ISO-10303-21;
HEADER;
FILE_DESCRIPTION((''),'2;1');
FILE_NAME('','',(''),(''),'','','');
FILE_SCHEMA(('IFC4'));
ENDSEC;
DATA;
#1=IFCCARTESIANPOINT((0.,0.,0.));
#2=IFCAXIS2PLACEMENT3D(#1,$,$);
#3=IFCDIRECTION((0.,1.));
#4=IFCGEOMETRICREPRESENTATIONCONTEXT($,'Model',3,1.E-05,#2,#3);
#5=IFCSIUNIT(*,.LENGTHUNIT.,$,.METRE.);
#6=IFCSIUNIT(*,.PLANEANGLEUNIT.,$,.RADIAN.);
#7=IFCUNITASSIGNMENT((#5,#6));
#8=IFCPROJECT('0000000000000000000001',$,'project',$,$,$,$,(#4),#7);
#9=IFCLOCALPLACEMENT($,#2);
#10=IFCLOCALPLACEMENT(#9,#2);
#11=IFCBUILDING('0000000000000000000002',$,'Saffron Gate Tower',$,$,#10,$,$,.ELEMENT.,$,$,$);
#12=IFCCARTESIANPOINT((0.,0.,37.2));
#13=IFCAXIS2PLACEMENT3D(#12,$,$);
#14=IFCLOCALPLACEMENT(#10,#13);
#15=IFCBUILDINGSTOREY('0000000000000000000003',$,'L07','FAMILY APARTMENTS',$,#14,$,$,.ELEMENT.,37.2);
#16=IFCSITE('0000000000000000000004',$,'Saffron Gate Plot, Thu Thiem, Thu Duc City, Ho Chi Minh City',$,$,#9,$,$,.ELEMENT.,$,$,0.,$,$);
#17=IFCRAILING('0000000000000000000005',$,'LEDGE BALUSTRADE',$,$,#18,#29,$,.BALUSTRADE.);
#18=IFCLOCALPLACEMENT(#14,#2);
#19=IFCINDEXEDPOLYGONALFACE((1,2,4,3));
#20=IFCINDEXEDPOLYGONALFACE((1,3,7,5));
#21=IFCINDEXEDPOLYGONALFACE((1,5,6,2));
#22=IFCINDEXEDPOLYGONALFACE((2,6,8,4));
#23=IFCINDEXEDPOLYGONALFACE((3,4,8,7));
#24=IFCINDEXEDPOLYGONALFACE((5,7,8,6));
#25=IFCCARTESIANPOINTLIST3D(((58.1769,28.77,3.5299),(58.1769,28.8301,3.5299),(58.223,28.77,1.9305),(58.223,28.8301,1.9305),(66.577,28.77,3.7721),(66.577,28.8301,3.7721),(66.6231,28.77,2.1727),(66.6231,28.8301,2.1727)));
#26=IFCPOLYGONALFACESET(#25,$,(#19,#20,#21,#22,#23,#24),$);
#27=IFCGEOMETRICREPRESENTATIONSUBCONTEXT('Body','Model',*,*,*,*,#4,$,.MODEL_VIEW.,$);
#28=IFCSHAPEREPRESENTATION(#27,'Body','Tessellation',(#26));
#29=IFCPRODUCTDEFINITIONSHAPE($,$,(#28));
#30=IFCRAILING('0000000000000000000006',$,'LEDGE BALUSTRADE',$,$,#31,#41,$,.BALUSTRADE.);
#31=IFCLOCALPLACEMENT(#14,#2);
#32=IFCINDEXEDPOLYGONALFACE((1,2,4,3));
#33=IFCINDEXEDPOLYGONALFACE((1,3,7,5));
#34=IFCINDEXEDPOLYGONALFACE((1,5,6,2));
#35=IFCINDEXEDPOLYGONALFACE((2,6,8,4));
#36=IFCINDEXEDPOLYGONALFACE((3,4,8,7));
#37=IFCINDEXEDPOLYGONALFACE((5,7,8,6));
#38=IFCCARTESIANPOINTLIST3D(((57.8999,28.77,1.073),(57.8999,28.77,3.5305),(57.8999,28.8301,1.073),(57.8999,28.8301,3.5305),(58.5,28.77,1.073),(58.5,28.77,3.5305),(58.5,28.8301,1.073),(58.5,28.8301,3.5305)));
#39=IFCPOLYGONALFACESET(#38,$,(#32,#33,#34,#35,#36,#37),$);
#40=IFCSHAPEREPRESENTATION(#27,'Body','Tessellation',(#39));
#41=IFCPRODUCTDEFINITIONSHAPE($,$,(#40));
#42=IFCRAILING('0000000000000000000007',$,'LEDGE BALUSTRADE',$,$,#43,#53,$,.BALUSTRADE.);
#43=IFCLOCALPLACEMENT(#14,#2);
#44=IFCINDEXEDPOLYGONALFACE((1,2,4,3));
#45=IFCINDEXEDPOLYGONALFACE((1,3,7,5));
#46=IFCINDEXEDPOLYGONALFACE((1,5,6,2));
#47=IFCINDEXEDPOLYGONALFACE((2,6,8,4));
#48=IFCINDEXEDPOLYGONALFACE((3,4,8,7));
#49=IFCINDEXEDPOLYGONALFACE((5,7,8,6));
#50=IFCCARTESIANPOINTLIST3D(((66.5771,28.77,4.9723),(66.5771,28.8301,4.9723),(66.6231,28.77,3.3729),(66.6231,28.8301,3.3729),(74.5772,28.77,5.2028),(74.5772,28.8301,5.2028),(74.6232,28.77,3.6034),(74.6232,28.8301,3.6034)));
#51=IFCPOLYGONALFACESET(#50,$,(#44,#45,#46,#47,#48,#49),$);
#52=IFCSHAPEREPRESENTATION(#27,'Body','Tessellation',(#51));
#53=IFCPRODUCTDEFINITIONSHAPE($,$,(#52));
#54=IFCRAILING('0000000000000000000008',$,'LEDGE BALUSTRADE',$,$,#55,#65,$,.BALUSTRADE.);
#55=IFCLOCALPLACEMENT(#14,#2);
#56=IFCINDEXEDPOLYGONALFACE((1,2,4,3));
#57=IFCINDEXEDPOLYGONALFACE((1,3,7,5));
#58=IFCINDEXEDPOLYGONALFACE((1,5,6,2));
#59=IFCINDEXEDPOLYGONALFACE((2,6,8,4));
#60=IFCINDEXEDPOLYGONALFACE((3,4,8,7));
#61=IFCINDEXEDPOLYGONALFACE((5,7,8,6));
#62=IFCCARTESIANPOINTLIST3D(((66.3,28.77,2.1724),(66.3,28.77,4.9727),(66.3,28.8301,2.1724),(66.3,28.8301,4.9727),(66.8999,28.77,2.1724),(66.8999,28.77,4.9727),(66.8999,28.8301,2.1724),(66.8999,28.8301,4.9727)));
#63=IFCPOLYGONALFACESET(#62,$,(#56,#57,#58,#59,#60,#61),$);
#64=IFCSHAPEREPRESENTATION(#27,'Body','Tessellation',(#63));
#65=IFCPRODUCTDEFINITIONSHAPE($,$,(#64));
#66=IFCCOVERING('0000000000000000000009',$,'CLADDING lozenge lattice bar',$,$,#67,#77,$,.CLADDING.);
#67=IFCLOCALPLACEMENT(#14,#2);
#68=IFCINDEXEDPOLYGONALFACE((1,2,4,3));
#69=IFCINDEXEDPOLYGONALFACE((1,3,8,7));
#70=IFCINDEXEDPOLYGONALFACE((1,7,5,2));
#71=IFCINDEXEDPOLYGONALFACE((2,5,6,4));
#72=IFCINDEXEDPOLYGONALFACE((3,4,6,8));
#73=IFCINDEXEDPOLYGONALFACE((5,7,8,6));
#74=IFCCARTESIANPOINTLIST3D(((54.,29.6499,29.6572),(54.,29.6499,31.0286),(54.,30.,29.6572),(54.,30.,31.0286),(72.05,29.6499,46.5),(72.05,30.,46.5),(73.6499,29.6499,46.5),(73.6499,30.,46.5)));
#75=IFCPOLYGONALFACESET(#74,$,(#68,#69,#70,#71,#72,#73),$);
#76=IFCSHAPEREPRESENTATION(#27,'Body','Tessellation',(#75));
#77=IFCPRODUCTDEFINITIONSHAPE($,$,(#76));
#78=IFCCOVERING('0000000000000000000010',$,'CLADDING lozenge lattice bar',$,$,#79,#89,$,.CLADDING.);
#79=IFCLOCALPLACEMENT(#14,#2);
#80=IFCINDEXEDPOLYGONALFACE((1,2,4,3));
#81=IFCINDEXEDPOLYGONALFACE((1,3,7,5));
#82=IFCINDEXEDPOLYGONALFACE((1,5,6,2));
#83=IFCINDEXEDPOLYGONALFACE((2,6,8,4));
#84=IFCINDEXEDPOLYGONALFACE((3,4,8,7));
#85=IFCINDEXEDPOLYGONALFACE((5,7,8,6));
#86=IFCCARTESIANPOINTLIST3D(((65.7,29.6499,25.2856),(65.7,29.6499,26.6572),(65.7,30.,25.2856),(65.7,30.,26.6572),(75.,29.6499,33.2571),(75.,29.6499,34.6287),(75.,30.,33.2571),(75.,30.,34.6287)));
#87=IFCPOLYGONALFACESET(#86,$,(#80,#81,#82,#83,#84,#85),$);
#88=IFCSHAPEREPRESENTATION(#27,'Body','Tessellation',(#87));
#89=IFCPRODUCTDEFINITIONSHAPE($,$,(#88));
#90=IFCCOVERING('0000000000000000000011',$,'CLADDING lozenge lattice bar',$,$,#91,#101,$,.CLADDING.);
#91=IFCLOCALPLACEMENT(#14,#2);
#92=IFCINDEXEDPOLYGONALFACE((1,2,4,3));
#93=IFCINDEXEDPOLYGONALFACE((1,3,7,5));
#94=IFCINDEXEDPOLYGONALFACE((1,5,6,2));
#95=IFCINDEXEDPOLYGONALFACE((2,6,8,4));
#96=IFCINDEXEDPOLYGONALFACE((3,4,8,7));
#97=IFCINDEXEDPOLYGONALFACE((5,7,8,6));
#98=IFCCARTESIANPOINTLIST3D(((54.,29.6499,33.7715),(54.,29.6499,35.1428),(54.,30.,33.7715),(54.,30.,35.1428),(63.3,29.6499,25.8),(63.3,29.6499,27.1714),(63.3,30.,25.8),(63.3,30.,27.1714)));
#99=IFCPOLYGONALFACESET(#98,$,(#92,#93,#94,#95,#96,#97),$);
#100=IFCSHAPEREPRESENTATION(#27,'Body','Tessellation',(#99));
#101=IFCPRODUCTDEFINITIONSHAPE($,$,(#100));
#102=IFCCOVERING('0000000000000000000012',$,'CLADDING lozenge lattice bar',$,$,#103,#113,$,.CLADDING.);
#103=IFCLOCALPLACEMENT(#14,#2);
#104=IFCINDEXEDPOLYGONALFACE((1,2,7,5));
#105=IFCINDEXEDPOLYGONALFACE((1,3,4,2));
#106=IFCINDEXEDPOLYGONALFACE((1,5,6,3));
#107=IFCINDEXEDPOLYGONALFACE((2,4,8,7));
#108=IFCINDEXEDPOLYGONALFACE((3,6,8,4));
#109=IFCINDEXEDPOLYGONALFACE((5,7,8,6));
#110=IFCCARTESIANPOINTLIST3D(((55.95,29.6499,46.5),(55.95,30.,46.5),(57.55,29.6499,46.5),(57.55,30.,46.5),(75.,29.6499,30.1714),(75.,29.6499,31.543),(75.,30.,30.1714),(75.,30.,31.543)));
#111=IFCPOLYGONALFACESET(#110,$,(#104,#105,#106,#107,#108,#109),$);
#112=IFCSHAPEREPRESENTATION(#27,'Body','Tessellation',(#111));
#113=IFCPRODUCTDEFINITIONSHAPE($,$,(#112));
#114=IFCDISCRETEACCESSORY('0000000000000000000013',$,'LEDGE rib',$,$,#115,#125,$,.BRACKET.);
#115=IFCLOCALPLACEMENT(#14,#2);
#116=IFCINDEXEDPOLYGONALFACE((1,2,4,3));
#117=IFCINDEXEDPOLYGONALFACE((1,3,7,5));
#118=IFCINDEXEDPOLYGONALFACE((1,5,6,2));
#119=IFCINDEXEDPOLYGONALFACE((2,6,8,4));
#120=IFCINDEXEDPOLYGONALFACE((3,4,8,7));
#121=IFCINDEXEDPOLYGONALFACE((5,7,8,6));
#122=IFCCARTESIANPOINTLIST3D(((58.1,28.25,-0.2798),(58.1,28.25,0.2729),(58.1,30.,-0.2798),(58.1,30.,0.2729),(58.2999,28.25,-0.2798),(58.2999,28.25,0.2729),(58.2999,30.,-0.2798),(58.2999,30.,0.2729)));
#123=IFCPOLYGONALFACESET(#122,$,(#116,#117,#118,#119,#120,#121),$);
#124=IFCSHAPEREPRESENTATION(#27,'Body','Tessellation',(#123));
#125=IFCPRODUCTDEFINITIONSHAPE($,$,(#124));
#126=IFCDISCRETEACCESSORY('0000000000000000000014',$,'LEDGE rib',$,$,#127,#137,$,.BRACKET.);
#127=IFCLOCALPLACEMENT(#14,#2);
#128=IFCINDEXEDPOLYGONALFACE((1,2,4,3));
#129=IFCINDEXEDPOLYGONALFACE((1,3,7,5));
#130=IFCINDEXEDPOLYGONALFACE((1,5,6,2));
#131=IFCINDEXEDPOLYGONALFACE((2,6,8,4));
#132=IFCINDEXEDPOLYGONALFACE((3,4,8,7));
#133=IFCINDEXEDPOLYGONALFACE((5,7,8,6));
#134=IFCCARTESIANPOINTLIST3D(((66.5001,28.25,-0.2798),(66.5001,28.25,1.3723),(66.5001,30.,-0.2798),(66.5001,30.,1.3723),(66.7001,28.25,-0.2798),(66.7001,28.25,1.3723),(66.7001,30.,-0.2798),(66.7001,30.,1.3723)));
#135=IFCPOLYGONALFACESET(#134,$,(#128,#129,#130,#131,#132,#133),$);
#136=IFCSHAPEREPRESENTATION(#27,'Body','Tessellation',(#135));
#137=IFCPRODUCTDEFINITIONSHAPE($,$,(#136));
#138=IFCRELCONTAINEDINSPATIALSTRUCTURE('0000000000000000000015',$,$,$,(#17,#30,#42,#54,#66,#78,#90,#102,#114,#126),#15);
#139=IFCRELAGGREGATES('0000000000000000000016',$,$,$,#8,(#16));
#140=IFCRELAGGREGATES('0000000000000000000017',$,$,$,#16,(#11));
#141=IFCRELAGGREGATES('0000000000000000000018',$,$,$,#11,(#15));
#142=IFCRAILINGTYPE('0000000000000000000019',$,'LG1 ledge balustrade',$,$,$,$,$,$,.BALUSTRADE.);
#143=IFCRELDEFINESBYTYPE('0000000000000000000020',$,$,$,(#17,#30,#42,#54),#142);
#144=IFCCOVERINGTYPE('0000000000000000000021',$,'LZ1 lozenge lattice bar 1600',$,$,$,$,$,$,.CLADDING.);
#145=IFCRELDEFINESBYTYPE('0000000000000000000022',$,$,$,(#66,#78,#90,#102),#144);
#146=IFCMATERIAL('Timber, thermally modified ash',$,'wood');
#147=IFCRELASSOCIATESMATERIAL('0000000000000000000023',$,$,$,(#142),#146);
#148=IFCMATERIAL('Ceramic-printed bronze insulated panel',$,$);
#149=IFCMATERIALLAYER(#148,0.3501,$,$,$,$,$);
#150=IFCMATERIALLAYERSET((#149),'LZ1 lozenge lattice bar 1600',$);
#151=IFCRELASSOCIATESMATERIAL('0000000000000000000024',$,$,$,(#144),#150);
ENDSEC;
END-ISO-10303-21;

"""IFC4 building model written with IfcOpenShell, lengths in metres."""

from ifc_helpers import new_model, si_unit, direction, frame, origin, origin_2d, place, context, subcontext, project, spatial, polyline, rectangle, outline, extrude, material, layer, layer_set, type_object, element, save


model = new_model("IFC4")

# Units and contexts
model_context = context("Model", 3, precision=1e-05, world=origin(), true_north=direction((0.0, 1.0)))
body_context = subcontext(model_context, "Body", "Model", "MODEL_VIEW")
ifc_project = project(units=[si_unit("LENGTHUNIT", "METRE"), si_unit("PLANEANGLEUNIT", "RADIAN")], contexts=[model_context])

# Site, building, storey
site_placement = place(None, origin())
site = spatial("IfcSite", under=ifc_project, at=site_placement, Name="Saffron Gate Plot, Thu Thiem, Thu Duc City, Ho Chi Minh City", CompositionType="ELEMENT", RefElevation=0.0)
building_placement = place(site_placement, origin())
building = spatial("IfcBuilding", under=site, at=building_placement, Name="Saffron Gate Tower", CompositionType="ELEMENT")
storey_placement = place(building_placement, frame((0.0, 0.0, 37.2)))
storey = spatial("IfcBuildingStorey", under=building, at=storey_placement, Name="L07", Description="FAMILY APARTMENTS", CompositionType="ELEMENT", Elevation=37.2)

# Shared definitions
ifc_material_1 = material(Name="Timber, thermally modified ash", Category="wood")

# Railings
railing_type = type_object("IfcRailingType", Name="LG1 ledge balustrade", PredefinedType="BALUSTRADE", material=ifc_material_1)
railing_1_placement = place(storey_placement, frame((58.2, 28.8, 1.9302)))
element("IfcRailing", 1, at=railing_1_placement, inside=storey, type_object=railing_type, Name="LEDGE BALUSTRADE", PredefinedType="BALUSTRADE", context=body_context, shape_type="SweptSolid", body=[
    extrude(rectangle(XDim=0.0601, YDim=1.6001, at=origin_2d()), frame((0.0, 0.0, 0.8), z_axis=(0.999585, 0.0, 0.028819), x_axis=(0.0, 1.0, 0.0)), (0.0, 0.0, 1.0), 8.4036),
])
railing_2_placement = place(storey_placement, frame((57.8999, 28.8, 1.073)))
element("IfcRailing", 2, at=railing_2_placement, inside=storey, type_object=railing_type, Name="LEDGE BALUSTRADE", PredefinedType="BALUSTRADE", context=body_context, shape_type="SweptSolid", body=[
    extrude(rectangle(XDim=0.0601, YDim=2.4575, at=origin_2d()), frame((0.0, 0.0, 1.2288), z_axis=(1.0, 0.0, 0.0), x_axis=(0.0, 1.0, 0.0)), (0.0, 0.0, 1.0), 0.6001),
])
railing_3_placement = place(storey_placement, frame((66.6001, 28.8, 3.3726)))
element("IfcRailing", 3, at=railing_3_placement, inside=storey, type_object=railing_type, Name="LEDGE BALUSTRADE", PredefinedType="BALUSTRADE", context=body_context, shape_type="SweptSolid", body=[
    extrude(rectangle(XDim=0.0601, YDim=1.6001, at=origin_2d()), frame((0.0, 0.0, 0.8), z_axis=(0.999585, 0.0, 0.028797), x_axis=(0.0, 1.0, 0.0)), (0.0, 0.0, 1.0), 8.0034),
])
railing_4_placement = place(storey_placement, frame((66.3, 28.8, 2.1724)))
element("IfcRailing", 4, at=railing_4_placement, inside=storey, type_object=railing_type, Name="LEDGE BALUSTRADE", PredefinedType="BALUSTRADE", context=body_context, shape_type="SweptSolid", body=[
    extrude(rectangle(XDim=0.0601, YDim=2.8003, at=origin_2d()), frame((0.0, 0.0, 1.4001), z_axis=(1.0, 0.0, 0.0), x_axis=(0.0, 1.0, 0.0)), (0.0, 0.0, 1.0), 0.5999),
])

# Coverings
ifc_material_2 = material(Name="Ceramic-printed bronze insulated panel")
ifc_layer_1 = layer(ifc_material_2, 0.3501)
ifc_layer_set_1 = layer_set([ifc_layer_1], Name="LZ1 lozenge lattice bar 1600")
covering_type_1 = type_object("IfcCoveringType", Name="LZ1 lozenge lattice bar 1600", PredefinedType="CLADDING", material=ifc_layer_set_1)
covering_1_placement = place(storey_placement, frame((54.0, 29.6499, 29.6572), z_axis=(0.0, -1.0, 0.0), x_axis=(0.759257, 0.0, 0.650791)))
element("IfcCovering", 5, at=covering_1_placement, inside=storey, type_object=covering_type_1, Name="CLADDING lozenge lattice bar", PredefinedType="CLADDING", context=body_context, shape_type="SweptSolid", body=[
    extrude(outline(polyline([(0.0, 0.0), (25.8804, 0.0), (24.6658, 1.0412), (0.8925, 1.0412), (0.0, 0.0)])), origin(), (0.0, 0.0, -1.0), 0.3501),
])
covering_2_placement = place(storey_placement, frame((65.7, 29.6499, 26.6572), z_axis=(0.0, -1.0, 0.0), x_axis=(0.0, 0.0, -1.0)))
element("IfcCovering", 6, at=covering_2_placement, inside=storey, type_object=covering_type_1, Name="CLADDING lozenge lattice bar", PredefinedType="CLADDING", context=body_context, shape_type="SweptSolid", body=[
    extrude(outline(polyline([(0.0, 0.0), (1.3716, 0.0), (-6.5999, 9.3), (-7.9714, 9.3), (0.0, 0.0)])), origin(), (0.0, 0.0, -1.0), 0.3501),
])
covering_3_placement = place(storey_placement, frame((63.3, 29.6499, 25.8), z_axis=(0.0, -1.0, 0.0), x_axis=(0.0, 0.0, 1.0)))
element("IfcCovering", 7, at=covering_3_placement, inside=storey, type_object=covering_type_1, Name="CLADDING lozenge lattice bar", PredefinedType="CLADDING", context=body_context, shape_type="SweptSolid", body=[
    extrude(outline(polyline([(0.0, 0.0), (1.3713, 0.0), (9.3428, 9.3), (7.9714, 9.3), (0.0, 0.0)])), origin(), (0.0, 0.0, -1.0), 0.3501),
])
covering_4_placement = place(storey_placement, frame((75.0, 29.6499, 30.1714), z_axis=(0.0, -1.0, 0.0), x_axis=(0.0, 0.0, 1.0)))
element("IfcCovering", 8, at=covering_4_placement, inside=storey, type_object=covering_type_1, Name="CLADDING lozenge lattice bar", PredefinedType="CLADDING", context=body_context, shape_type="SweptSolid", body=[
    extrude(outline(polyline([(0.0, 0.0), (1.3716, 0.0), (16.3286, 17.45), (16.3286, 19.05), (0.0, 0.0)])), origin(), (0.0, 0.0, -1.0), 0.3501),
])

# Discrete accessories
discrete_accessory_1_placement = place(storey_placement, frame((58.2, 29.125, -0.2798), z_axis=(0.0, 0.0, 1.0), x_axis=(1.0, 0.0, 0.0)))
element("IfcDiscreteAccessory", 9, at=discrete_accessory_1_placement, inside=storey, Name="LEDGE rib", PredefinedType="BRACKET", context=body_context, shape_type="SweptSolid", body=[
    extrude(rectangle(XDim=0.2, YDim=1.75, at=origin_2d()), origin(), (0.0, 0.0, 1.0), 0.5527),
])
discrete_accessory_2_placement = place(storey_placement, frame((66.6001, 29.125, -0.2798), z_axis=(0.0, 0.0, 1.0), x_axis=(1.0, 0.0, 0.0)))
element("IfcDiscreteAccessory", 10, at=discrete_accessory_2_placement, inside=storey, Name="LEDGE rib", PredefinedType="BRACKET", context=body_context, shape_type="SweptSolid", body=[
    extrude(rectangle(XDim=0.2, YDim=1.75, at=origin_2d()), origin(), (0.0, 0.0, 1.0), 1.6521),
])

save(model, "model.ifc")
